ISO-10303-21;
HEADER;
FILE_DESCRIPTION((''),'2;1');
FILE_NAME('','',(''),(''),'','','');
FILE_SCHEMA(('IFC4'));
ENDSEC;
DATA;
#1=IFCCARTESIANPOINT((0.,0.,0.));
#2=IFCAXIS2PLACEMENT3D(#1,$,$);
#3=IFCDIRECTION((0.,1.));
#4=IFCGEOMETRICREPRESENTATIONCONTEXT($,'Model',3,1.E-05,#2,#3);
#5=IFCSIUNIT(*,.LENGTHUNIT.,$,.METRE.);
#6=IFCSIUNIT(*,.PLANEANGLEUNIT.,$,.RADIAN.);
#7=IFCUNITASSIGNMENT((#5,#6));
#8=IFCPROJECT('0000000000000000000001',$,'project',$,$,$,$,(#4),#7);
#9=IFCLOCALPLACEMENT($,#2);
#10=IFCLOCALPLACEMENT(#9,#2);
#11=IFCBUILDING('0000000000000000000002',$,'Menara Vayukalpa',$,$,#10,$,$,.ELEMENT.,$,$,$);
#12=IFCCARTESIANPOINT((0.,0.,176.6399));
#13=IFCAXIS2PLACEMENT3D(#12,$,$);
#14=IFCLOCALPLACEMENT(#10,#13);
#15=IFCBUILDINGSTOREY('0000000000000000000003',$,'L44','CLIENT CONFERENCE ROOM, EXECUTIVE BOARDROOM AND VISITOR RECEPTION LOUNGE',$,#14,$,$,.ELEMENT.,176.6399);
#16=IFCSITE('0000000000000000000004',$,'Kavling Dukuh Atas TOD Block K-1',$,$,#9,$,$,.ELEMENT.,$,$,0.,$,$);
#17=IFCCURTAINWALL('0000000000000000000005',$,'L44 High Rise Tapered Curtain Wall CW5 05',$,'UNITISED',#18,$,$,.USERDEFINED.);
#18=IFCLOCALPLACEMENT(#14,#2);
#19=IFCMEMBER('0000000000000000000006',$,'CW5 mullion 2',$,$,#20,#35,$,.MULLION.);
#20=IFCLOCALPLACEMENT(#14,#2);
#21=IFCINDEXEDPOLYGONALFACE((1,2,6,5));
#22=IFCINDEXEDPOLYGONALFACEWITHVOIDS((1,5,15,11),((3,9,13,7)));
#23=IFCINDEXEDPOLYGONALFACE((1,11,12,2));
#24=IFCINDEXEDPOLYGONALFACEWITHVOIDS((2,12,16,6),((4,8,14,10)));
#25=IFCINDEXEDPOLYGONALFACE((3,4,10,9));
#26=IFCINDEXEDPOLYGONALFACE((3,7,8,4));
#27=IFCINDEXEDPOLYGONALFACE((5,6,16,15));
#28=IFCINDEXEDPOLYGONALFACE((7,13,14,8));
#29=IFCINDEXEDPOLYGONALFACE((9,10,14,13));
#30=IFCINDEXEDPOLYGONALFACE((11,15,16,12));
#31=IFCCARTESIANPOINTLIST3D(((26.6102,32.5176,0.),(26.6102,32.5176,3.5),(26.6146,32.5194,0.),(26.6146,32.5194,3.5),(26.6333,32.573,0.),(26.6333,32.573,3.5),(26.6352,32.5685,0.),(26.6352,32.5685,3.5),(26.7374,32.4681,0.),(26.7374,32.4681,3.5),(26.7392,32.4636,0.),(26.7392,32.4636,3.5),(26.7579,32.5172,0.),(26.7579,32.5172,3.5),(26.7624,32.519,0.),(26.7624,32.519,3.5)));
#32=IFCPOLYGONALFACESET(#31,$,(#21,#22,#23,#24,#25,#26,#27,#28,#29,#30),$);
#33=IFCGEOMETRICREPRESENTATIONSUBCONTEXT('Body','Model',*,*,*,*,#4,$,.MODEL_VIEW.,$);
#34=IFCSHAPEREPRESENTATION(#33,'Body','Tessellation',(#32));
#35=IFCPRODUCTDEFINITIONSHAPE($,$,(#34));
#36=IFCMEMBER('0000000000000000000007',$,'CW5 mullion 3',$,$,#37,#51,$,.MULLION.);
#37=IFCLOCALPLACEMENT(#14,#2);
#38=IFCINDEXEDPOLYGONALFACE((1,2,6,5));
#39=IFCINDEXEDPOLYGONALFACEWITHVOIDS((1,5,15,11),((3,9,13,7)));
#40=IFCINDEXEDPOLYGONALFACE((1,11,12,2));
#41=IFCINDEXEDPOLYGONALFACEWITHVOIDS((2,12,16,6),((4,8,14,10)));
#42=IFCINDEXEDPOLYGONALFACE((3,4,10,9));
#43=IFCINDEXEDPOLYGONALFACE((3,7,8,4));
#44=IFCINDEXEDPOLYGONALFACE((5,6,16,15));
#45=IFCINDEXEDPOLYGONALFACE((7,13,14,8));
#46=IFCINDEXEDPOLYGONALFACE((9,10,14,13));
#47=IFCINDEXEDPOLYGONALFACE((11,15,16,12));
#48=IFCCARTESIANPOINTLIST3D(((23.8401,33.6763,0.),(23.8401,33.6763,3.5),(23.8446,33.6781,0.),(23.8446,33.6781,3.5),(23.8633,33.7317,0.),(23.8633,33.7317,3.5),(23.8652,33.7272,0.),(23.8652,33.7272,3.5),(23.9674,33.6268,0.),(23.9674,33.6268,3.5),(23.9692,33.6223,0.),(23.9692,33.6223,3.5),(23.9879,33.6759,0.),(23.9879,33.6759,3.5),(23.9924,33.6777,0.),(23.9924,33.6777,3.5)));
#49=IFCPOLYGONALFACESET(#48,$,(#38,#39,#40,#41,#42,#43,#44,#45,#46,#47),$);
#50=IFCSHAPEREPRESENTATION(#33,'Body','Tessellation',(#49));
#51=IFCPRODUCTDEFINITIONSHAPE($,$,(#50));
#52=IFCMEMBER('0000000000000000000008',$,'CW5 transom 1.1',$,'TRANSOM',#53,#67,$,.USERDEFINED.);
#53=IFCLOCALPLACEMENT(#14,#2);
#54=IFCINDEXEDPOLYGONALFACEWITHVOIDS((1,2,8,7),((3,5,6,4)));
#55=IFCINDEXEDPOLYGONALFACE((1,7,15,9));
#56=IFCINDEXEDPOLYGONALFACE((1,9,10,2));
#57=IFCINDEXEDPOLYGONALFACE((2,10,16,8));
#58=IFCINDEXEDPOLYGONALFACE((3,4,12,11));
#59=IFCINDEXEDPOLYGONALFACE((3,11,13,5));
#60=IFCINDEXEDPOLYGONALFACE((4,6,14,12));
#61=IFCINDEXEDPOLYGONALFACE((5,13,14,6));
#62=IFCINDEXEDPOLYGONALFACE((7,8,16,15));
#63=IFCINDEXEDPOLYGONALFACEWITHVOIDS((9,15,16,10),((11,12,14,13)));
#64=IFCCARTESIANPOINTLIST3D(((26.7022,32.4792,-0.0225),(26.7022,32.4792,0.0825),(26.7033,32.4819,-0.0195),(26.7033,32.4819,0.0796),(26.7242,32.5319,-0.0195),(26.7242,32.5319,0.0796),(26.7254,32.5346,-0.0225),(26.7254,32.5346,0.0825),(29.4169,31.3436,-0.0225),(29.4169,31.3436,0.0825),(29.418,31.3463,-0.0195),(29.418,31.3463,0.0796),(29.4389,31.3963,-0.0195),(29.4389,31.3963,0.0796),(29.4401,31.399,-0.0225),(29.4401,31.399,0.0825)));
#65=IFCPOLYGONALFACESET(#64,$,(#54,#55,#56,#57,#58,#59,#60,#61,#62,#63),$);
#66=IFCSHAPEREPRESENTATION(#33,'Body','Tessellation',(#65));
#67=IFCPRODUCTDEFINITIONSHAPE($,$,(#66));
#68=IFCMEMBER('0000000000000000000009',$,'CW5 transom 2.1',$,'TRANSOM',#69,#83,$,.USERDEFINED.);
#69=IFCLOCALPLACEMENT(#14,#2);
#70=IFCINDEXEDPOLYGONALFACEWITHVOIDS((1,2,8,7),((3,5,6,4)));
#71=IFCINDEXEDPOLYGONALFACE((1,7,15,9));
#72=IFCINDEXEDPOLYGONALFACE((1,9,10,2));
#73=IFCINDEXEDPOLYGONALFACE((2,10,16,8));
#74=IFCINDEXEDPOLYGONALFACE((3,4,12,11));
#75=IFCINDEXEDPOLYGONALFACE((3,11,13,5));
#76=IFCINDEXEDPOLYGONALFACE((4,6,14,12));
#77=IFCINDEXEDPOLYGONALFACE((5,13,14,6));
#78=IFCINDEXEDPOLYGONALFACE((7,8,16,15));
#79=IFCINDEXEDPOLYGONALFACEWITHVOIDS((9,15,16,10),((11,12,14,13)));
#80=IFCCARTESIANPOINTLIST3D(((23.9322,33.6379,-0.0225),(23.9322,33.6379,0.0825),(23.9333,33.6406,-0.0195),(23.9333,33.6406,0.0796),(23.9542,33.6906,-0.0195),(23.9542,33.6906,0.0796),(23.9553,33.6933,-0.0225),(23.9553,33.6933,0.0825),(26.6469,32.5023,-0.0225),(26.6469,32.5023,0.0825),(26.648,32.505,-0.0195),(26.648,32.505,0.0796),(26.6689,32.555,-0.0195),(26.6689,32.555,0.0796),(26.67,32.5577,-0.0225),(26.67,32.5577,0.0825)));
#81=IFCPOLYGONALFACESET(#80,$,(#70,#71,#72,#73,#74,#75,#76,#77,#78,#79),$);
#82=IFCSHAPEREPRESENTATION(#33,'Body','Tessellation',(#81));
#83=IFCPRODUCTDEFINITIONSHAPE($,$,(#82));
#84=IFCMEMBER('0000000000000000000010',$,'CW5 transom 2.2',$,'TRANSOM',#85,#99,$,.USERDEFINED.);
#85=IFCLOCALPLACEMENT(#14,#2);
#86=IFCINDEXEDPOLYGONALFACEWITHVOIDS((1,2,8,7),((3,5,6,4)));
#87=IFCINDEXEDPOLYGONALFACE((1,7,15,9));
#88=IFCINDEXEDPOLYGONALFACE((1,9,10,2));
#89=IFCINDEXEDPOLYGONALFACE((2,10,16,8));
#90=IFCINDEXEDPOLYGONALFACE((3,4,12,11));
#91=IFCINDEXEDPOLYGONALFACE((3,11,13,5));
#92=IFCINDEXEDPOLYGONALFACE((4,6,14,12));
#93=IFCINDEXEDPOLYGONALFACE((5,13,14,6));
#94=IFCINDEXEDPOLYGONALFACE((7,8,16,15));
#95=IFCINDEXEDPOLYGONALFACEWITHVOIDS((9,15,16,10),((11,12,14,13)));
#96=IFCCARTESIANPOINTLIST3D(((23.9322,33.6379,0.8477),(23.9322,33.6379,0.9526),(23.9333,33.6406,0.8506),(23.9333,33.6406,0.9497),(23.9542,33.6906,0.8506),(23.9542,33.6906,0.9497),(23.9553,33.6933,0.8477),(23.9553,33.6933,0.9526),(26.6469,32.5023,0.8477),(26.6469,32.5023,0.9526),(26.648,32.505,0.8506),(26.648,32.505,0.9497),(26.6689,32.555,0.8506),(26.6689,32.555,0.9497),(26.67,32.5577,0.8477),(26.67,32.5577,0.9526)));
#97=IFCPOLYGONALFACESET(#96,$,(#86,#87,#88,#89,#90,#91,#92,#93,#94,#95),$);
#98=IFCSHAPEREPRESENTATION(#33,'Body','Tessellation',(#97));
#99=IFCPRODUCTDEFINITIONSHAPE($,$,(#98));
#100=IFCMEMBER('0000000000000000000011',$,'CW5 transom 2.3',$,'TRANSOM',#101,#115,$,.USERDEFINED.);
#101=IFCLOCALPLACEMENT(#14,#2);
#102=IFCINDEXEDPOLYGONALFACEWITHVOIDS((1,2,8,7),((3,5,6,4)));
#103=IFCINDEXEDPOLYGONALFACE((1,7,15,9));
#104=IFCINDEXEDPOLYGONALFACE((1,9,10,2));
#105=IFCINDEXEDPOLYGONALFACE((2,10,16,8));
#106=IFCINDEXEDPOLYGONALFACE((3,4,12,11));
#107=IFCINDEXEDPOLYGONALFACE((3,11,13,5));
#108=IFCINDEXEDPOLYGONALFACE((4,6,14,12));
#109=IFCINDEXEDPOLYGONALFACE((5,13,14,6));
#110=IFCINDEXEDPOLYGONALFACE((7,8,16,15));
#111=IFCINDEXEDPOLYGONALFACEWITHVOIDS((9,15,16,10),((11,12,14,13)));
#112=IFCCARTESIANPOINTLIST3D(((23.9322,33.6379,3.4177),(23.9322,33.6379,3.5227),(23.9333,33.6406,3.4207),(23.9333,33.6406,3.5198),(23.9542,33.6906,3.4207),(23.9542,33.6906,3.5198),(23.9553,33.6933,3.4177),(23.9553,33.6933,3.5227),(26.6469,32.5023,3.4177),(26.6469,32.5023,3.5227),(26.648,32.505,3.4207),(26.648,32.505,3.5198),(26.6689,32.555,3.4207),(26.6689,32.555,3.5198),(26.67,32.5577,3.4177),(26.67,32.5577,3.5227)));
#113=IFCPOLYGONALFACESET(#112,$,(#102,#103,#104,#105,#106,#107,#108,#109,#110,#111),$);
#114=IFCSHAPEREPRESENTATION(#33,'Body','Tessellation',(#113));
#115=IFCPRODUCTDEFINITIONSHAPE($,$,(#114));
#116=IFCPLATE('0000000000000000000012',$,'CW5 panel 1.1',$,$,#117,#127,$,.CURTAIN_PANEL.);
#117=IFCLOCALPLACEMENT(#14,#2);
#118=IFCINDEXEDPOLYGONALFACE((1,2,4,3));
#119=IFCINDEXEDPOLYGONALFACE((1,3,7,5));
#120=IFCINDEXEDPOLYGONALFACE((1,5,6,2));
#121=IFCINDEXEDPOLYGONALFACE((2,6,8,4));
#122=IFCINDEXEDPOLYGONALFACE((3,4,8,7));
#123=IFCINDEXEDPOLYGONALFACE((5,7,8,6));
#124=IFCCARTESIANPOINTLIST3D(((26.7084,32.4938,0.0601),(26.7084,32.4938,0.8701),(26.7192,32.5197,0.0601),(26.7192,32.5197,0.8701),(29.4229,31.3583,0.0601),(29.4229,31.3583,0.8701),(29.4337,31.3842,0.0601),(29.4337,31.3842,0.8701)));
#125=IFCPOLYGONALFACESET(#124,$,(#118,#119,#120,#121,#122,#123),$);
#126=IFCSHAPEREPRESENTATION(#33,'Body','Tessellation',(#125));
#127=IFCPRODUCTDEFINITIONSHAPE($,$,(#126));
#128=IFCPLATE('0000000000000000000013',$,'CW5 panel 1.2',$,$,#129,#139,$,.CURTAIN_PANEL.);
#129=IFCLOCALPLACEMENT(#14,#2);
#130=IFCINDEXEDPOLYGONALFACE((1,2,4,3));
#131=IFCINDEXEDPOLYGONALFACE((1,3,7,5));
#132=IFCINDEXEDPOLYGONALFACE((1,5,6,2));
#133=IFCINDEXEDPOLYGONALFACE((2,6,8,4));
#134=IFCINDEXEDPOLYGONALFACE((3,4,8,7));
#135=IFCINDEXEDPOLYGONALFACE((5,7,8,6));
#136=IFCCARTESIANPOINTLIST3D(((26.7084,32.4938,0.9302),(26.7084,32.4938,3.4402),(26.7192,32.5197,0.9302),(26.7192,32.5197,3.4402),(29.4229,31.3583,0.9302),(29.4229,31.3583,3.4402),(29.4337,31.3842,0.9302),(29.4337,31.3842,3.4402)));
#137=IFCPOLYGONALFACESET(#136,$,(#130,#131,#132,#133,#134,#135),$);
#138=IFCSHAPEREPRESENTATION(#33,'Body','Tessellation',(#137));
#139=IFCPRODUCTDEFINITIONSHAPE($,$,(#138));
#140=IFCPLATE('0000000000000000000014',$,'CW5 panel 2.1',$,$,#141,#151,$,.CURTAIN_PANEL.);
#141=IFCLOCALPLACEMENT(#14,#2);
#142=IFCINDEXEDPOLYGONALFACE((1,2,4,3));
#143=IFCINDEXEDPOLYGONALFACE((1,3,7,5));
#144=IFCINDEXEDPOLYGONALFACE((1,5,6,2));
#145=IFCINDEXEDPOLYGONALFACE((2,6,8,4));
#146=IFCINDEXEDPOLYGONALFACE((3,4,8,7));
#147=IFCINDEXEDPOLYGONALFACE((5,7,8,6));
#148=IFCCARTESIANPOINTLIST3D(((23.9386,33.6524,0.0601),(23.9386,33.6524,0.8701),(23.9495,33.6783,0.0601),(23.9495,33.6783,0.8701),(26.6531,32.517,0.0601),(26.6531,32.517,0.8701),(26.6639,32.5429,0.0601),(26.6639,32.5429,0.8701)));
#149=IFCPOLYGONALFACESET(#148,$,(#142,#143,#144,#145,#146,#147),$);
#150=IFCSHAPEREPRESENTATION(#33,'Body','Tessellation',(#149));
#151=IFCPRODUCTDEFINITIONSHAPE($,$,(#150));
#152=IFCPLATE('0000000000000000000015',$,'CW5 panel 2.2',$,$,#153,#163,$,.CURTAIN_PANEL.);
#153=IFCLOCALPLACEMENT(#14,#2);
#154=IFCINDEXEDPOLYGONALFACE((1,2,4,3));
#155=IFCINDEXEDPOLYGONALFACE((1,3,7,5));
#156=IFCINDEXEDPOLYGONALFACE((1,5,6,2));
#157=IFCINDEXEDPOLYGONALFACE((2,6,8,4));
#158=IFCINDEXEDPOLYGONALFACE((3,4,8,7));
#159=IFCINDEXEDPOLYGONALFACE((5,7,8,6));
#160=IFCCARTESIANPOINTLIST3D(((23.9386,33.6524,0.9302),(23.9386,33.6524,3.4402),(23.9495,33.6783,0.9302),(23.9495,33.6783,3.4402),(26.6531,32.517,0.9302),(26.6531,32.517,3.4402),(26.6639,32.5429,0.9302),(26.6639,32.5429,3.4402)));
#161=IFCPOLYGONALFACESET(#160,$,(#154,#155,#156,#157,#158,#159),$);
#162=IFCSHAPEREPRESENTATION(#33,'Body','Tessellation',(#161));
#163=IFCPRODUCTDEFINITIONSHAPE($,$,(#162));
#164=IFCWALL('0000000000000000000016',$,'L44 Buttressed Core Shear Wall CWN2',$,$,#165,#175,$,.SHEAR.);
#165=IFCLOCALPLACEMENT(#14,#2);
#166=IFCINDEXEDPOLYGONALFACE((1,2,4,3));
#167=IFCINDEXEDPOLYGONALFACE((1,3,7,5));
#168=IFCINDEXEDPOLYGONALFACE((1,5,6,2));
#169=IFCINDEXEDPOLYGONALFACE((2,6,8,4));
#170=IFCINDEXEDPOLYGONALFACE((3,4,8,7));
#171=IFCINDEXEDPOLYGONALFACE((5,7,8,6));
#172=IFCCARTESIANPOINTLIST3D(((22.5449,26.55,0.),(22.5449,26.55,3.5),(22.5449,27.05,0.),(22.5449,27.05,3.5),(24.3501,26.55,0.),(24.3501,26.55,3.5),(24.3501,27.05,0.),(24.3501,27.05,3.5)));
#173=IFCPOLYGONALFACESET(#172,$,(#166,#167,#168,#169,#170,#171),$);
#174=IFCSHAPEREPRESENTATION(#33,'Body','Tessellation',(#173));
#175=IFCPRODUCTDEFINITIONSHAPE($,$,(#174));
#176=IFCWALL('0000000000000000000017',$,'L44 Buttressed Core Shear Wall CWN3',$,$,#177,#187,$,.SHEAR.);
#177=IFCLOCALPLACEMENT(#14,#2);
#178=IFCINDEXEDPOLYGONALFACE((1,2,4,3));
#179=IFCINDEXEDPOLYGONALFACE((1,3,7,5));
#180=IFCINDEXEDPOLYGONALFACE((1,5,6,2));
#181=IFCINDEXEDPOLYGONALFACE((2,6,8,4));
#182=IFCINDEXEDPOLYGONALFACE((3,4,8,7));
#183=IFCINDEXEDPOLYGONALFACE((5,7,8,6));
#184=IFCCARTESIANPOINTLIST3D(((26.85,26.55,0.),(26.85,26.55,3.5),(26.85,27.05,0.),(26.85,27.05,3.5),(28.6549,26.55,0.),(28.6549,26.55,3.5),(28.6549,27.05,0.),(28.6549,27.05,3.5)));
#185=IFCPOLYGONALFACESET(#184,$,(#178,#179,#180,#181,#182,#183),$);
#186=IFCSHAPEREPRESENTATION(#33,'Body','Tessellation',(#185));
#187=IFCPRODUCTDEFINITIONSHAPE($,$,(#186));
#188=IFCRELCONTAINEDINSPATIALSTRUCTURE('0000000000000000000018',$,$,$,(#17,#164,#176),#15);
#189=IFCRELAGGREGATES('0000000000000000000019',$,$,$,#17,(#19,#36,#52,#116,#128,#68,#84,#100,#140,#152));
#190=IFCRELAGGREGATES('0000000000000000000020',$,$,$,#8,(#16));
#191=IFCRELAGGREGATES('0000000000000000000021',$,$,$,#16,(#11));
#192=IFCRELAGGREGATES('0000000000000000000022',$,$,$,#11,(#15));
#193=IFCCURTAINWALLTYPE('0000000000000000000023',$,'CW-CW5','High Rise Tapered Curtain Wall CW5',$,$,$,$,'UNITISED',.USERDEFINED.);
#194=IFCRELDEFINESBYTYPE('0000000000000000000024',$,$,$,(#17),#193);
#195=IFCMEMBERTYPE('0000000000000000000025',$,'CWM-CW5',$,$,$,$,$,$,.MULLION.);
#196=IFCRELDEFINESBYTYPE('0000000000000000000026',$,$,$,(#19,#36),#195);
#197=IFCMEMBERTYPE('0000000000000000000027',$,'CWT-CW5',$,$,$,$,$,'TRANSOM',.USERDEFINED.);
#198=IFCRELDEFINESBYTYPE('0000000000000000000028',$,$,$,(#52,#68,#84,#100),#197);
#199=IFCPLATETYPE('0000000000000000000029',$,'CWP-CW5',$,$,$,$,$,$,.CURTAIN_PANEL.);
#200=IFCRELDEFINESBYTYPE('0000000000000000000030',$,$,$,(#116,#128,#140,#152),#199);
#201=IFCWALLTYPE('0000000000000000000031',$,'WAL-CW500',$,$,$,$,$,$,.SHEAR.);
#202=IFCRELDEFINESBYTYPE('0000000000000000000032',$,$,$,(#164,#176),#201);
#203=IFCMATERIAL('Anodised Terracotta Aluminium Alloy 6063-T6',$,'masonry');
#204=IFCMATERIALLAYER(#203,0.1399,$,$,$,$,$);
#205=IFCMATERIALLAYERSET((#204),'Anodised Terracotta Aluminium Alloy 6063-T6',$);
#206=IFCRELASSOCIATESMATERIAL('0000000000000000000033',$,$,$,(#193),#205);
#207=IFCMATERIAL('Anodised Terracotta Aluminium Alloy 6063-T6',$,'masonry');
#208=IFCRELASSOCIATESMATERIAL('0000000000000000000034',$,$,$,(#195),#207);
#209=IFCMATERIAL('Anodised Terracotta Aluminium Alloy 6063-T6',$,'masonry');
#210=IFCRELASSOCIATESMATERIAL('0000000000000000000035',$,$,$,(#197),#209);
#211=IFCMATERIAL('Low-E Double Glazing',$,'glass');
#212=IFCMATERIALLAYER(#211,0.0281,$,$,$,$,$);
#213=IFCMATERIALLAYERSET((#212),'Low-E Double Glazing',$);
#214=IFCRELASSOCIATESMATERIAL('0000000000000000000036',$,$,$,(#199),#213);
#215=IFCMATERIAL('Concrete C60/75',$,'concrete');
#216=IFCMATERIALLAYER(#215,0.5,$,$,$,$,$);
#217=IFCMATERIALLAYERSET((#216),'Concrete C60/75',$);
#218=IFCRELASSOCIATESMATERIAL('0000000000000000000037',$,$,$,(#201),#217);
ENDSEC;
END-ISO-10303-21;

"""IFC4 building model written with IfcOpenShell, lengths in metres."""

from ifc_helpers import new_model, si_unit, direction, frame, frame_2d, origin, origin_2d, place, context, subcontext, project, spatial, rectangle, hollow_rectangle, extrude, material, layer, layer_set, material_profile, profile_set, type_object, element, aggregate, save


model = new_model("IFC4")

# Units and contexts
model_context = context("Model", 3, precision=1e-05, world=origin(), true_north=direction((0.0, 1.0)))
body_context = subcontext(model_context, "Body", "Model", "MODEL_VIEW")
ifc_project = project(units=[si_unit("LENGTHUNIT", "METRE"), si_unit("PLANEANGLEUNIT", "RADIAN")], contexts=[model_context])

# Site, building, storey
site_placement = place(None, origin())
site = spatial("IfcSite", under=ifc_project, at=site_placement, Name="Kavling Dukuh Atas TOD Block K-1", CompositionType="ELEMENT", RefElevation=0.0)
building_placement = place(site_placement, origin())
building = spatial("IfcBuilding", under=site, at=building_placement, Name="Menara Vayukalpa", CompositionType="ELEMENT")
storey_placement = place(building_placement, frame((0.0, 0.0, 176.6399)))
storey = spatial("IfcBuildingStorey", under=building, at=storey_placement, Name="L44", Description="CLIENT CONFERENCE ROOM, EXECUTIVE BOARDROOM AND VISITOR RECEPTION LOUNGE", CompositionType="ELEMENT", Elevation=176.6399)

# Curtain wall, members, plates
ifc_material_1 = material(Name="Anodised Terracotta Aluminium Alloy 6063-T6", Category="masonry")
ifc_layer_1 = layer(ifc_material_1, 0.1399)
ifc_layer_set_1 = layer_set([ifc_layer_1], Name="Anodised Terracotta Aluminium Alloy 6063-T6")
curtain_wall_type = type_object("IfcCurtainWallType", Name="CW-CW5", Description="High Rise Tapered Curtain Wall CW5", ElementType="UNITISED", PredefinedType="USERDEFINED", material=ifc_layer_set_1)
curtain_wall_placement = place(storey_placement, origin())
curtain_wall = element("IfcCurtainWall", 1, at=curtain_wall_placement, inside=storey, type_object=curtain_wall_type, Name="L44 High Rise Tapered Curtain Wall CW5 05", ObjectType="UNITISED", PredefinedType="USERDEFINED")
ifc_material_2 = material(Name="Anodised Terracotta Aluminium Alloy 6063-T6", Category="masonry")
ifc_material_profile_1 = material_profile(ifc_material_2, hollow_rectangle(XDim=0.0601, YDim=0.1399, WallThickness=0.0034, at=origin_2d()), Name="ALU 60x140x3.5")
ifc_profile_set_1 = profile_set([ifc_material_profile_1], Name="Anodised Terracotta Aluminium Alloy 6063-T6")
member_type_1 = type_object("IfcMemberType", Name="CWM-CW5", PredefinedType="MULLION", material=ifc_profile_set_1)
member_1_placement = place(storey_placement, frame((26.6863, 32.5183, 0.0), z_axis=(0.0, 0.0, 1.0), x_axis=(-0.385903, -0.922539, 0.0)))
member_1 = element("IfcMember", 2, at=member_1_placement, type_object=member_type_1, Name="CW5 mullion 2", PredefinedType="MULLION", context=body_context, shape_type="SweptSolid", body=[
    extrude(hollow_rectangle(XDim=0.0601, YDim=0.1399, WallThickness=0.0034, at=origin_2d()), origin(), (0.0, 0.0, 1.0), 3.5),
])
member_2_placement = place(storey_placement, frame((23.9163, 33.677, 0.0), z_axis=(0.0, 0.0, 1.0), x_axis=(-0.385903, -0.922539, 0.0)))
member_2 = element("IfcMember", 3, at=member_2_placement, type_object=member_type_1, Name="CW5 mullion 3", PredefinedType="MULLION", context=body_context, shape_type="SweptSolid", body=[
    extrude(hollow_rectangle(XDim=0.0601, YDim=0.1399, WallThickness=0.0034, at=origin_2d()), origin(), (0.0, 0.0, 1.0), 3.5),
])
ifc_material_3 = material(Name="Anodised Terracotta Aluminium Alloy 6063-T6", Category="masonry")
ifc_material_profile_2 = material_profile(ifc_material_3, hollow_rectangle(XDim=0.0601, YDim=0.105, WallThickness=0.0029, at=origin_2d()), Name="ALU 60x105x3")
ifc_profile_set_2 = profile_set([ifc_material_profile_2], Name="Anodised Terracotta Aluminium Alloy 6063-T6")
member_type_2 = type_object("IfcMemberType", Name="CWT-CW5", ElementType="TRANSOM", PredefinedType="USERDEFINED", material=ifc_profile_set_2)
member_3_placement = place(storey_placement, frame((29.4285, 31.3713, 0.03), z_axis=(-0.922543, 0.385893, 0.0), x_axis=(-0.385893, -0.922543, 0.0)))
member_3 = element("IfcMember", 4, at=member_3_placement, type_object=member_type_2, Name="CW5 transom 1.1", ObjectType="TRANSOM", PredefinedType="USERDEFINED", context=body_context, shape_type="SweptSolid", body=[
    extrude(hollow_rectangle(XDim=0.0601, YDim=0.105, WallThickness=0.0029, at=origin_2d()), origin(), (0.0, 0.0, 1.0), 2.9426),
])
member_4_placement = place(storey_placement, frame((26.6584, 32.53, 0.03), z_axis=(-0.922543, 0.385893, 0.0), x_axis=(-0.385893, -0.922543, 0.0)))
member_4 = element("IfcMember", 5, at=member_4_placement, type_object=member_type_2, Name="CW5 transom 2.1", ObjectType="TRANSOM", PredefinedType="USERDEFINED", context=body_context, shape_type="SweptSolid", body=[
    extrude(hollow_rectangle(XDim=0.0601, YDim=0.105, WallThickness=0.0029, at=origin_2d()), origin(), (0.0, 0.0, 1.0), 2.9426),
])
member_5_placement = place(storey_placement, frame((26.6584, 32.53, 0.9001), z_axis=(-0.922543, 0.385893, 0.0), x_axis=(-0.385893, -0.922543, 0.0)))
member_5 = element("IfcMember", 6, at=member_5_placement, type_object=member_type_2, Name="CW5 transom 2.2", ObjectType="TRANSOM", PredefinedType="USERDEFINED", context=body_context, shape_type="SweptSolid", body=[
    extrude(hollow_rectangle(XDim=0.0601, YDim=0.105, WallThickness=0.0029, at=origin_2d()), origin(), (0.0, 0.0, 1.0), 2.9426),
])
member_6_placement = place(storey_placement, frame((26.6584, 32.53, 3.4702), z_axis=(-0.922543, 0.385893, 0.0), x_axis=(-0.385893, -0.922543, 0.0)))
member_6 = element("IfcMember", 7, at=member_6_placement, type_object=member_type_2, Name="CW5 transom 2.3", ObjectType="TRANSOM", PredefinedType="USERDEFINED", context=body_context, shape_type="SweptSolid", body=[
    extrude(hollow_rectangle(XDim=0.0601, YDim=0.105, WallThickness=0.0029, at=origin_2d()), origin(), (0.0, 0.0, 1.0), 2.9426),
])
ifc_material_4 = material(Name="Low-E Double Glazing", Category="glass")
ifc_layer_2 = layer(ifc_material_4, 0.0281)
ifc_layer_set_2 = layer_set([ifc_layer_2], Name="Low-E Double Glazing")
plate_type = type_object("IfcPlateType", Name="CWP-CW5", PredefinedType="CURTAIN_PANEL", material=ifc_layer_set_2)
plate_1_placement = place(storey_placement, frame((28.071, 31.939, 0.0601), z_axis=(0.0, 0.0, 1.0), x_axis=(-0.922539, 0.385903, 0.0)))
plate_1 = element("IfcPlate", 8, at=plate_1_placement, type_object=plate_type, Name="CW5 panel 1.1", PredefinedType="CURTAIN_PANEL", context=body_context, shape_type="SweptSolid", body=[
    extrude(rectangle(XDim=2.9424, YDim=0.0281, at=origin_2d()), origin(), (0.0, 0.0, 1.0), 0.8101),
])
plate_2_placement = place(storey_placement, frame((28.071, 31.939, 0.9302), z_axis=(0.0, 0.0, 1.0), x_axis=(-0.922539, 0.385903, 0.0)))
plate_2 = element("IfcPlate", 9, at=plate_2_placement, type_object=plate_type, Name="CW5 panel 1.2", PredefinedType="CURTAIN_PANEL", context=body_context, shape_type="SweptSolid", body=[
    extrude(rectangle(XDim=2.9424, YDim=0.0281, at=origin_2d()), origin(), (0.0, 0.0, 1.0), 2.51),
])
plate_3_placement = place(storey_placement, frame((25.3013, 33.0977, 0.0601), z_axis=(0.0, 0.0, 1.0), x_axis=(-0.922539, 0.385903, 0.0)))
plate_3 = element("IfcPlate", 10, at=plate_3_placement, type_object=plate_type, Name="CW5 panel 2.1", PredefinedType="CURTAIN_PANEL", context=body_context, shape_type="SweptSolid", body=[
    extrude(rectangle(XDim=2.9424, YDim=0.0281, at=origin_2d()), origin(), (0.0, 0.0, 1.0), 0.8101),
])
plate_4_placement = place(storey_placement, frame((25.3013, 33.0977, 0.9302), z_axis=(0.0, 0.0, 1.0), x_axis=(-0.922539, 0.385903, 0.0)))
plate_4 = element("IfcPlate", 11, at=plate_4_placement, type_object=plate_type, Name="CW5 panel 2.2", PredefinedType="CURTAIN_PANEL", context=body_context, shape_type="SweptSolid", body=[
    extrude(rectangle(XDim=2.9424, YDim=0.0281, at=origin_2d()), origin(), (0.0, 0.0, 1.0), 2.51),
])
aggregate(curtain_wall, [member_1, member_2, member_3, plate_1, plate_2, member_4, member_5, member_6, plate_3, plate_4])

# Walls
ifc_material_5 = material(Name="Concrete C60/75", Category="concrete")
ifc_layer_3 = layer(ifc_material_5, 0.5)
ifc_layer_set_3 = layer_set([ifc_layer_3], Name="Concrete C60/75")
wall_type_1 = type_object("IfcWallType", Name="WAL-CW500", PredefinedType="SHEAR", material=ifc_layer_set_3)
wall_1_placement = place(storey_placement, frame((22.5449, 26.8, 0.0), z_axis=(0.0, 0.0, 1.0), x_axis=(1.0, 0.0, 0.0)))
element("IfcWall", 12, at=wall_1_placement, inside=storey, type_object=wall_type_1, Name="L44 Buttressed Core Shear Wall CWN2", PredefinedType="SHEAR", context=body_context, shape_type="SweptSolid", body=[
    extrude(rectangle(XDim=1.8052, YDim=0.5, at=frame_2d((0.9026, 0.0))), origin(), (0.0, 0.0, 1.0), 3.5),
])
wall_2_placement = place(storey_placement, frame((26.8501, 26.8, 0.0), z_axis=(0.0, 0.0, 1.0), x_axis=(1.0, 0.0, 0.0)))
element("IfcWall", 13, at=wall_2_placement, inside=storey, type_object=wall_type_1, Name="L44 Buttressed Core Shear Wall CWN3", PredefinedType="SHEAR", context=body_context, shape_type="SweptSolid", body=[
    extrude(rectangle(XDim=1.8049, YDim=0.5, at=frame_2d((0.9023, 0.0))), origin(), (0.0, 0.0, 1.0), 3.5),
])

save(model, "model.ifc")
